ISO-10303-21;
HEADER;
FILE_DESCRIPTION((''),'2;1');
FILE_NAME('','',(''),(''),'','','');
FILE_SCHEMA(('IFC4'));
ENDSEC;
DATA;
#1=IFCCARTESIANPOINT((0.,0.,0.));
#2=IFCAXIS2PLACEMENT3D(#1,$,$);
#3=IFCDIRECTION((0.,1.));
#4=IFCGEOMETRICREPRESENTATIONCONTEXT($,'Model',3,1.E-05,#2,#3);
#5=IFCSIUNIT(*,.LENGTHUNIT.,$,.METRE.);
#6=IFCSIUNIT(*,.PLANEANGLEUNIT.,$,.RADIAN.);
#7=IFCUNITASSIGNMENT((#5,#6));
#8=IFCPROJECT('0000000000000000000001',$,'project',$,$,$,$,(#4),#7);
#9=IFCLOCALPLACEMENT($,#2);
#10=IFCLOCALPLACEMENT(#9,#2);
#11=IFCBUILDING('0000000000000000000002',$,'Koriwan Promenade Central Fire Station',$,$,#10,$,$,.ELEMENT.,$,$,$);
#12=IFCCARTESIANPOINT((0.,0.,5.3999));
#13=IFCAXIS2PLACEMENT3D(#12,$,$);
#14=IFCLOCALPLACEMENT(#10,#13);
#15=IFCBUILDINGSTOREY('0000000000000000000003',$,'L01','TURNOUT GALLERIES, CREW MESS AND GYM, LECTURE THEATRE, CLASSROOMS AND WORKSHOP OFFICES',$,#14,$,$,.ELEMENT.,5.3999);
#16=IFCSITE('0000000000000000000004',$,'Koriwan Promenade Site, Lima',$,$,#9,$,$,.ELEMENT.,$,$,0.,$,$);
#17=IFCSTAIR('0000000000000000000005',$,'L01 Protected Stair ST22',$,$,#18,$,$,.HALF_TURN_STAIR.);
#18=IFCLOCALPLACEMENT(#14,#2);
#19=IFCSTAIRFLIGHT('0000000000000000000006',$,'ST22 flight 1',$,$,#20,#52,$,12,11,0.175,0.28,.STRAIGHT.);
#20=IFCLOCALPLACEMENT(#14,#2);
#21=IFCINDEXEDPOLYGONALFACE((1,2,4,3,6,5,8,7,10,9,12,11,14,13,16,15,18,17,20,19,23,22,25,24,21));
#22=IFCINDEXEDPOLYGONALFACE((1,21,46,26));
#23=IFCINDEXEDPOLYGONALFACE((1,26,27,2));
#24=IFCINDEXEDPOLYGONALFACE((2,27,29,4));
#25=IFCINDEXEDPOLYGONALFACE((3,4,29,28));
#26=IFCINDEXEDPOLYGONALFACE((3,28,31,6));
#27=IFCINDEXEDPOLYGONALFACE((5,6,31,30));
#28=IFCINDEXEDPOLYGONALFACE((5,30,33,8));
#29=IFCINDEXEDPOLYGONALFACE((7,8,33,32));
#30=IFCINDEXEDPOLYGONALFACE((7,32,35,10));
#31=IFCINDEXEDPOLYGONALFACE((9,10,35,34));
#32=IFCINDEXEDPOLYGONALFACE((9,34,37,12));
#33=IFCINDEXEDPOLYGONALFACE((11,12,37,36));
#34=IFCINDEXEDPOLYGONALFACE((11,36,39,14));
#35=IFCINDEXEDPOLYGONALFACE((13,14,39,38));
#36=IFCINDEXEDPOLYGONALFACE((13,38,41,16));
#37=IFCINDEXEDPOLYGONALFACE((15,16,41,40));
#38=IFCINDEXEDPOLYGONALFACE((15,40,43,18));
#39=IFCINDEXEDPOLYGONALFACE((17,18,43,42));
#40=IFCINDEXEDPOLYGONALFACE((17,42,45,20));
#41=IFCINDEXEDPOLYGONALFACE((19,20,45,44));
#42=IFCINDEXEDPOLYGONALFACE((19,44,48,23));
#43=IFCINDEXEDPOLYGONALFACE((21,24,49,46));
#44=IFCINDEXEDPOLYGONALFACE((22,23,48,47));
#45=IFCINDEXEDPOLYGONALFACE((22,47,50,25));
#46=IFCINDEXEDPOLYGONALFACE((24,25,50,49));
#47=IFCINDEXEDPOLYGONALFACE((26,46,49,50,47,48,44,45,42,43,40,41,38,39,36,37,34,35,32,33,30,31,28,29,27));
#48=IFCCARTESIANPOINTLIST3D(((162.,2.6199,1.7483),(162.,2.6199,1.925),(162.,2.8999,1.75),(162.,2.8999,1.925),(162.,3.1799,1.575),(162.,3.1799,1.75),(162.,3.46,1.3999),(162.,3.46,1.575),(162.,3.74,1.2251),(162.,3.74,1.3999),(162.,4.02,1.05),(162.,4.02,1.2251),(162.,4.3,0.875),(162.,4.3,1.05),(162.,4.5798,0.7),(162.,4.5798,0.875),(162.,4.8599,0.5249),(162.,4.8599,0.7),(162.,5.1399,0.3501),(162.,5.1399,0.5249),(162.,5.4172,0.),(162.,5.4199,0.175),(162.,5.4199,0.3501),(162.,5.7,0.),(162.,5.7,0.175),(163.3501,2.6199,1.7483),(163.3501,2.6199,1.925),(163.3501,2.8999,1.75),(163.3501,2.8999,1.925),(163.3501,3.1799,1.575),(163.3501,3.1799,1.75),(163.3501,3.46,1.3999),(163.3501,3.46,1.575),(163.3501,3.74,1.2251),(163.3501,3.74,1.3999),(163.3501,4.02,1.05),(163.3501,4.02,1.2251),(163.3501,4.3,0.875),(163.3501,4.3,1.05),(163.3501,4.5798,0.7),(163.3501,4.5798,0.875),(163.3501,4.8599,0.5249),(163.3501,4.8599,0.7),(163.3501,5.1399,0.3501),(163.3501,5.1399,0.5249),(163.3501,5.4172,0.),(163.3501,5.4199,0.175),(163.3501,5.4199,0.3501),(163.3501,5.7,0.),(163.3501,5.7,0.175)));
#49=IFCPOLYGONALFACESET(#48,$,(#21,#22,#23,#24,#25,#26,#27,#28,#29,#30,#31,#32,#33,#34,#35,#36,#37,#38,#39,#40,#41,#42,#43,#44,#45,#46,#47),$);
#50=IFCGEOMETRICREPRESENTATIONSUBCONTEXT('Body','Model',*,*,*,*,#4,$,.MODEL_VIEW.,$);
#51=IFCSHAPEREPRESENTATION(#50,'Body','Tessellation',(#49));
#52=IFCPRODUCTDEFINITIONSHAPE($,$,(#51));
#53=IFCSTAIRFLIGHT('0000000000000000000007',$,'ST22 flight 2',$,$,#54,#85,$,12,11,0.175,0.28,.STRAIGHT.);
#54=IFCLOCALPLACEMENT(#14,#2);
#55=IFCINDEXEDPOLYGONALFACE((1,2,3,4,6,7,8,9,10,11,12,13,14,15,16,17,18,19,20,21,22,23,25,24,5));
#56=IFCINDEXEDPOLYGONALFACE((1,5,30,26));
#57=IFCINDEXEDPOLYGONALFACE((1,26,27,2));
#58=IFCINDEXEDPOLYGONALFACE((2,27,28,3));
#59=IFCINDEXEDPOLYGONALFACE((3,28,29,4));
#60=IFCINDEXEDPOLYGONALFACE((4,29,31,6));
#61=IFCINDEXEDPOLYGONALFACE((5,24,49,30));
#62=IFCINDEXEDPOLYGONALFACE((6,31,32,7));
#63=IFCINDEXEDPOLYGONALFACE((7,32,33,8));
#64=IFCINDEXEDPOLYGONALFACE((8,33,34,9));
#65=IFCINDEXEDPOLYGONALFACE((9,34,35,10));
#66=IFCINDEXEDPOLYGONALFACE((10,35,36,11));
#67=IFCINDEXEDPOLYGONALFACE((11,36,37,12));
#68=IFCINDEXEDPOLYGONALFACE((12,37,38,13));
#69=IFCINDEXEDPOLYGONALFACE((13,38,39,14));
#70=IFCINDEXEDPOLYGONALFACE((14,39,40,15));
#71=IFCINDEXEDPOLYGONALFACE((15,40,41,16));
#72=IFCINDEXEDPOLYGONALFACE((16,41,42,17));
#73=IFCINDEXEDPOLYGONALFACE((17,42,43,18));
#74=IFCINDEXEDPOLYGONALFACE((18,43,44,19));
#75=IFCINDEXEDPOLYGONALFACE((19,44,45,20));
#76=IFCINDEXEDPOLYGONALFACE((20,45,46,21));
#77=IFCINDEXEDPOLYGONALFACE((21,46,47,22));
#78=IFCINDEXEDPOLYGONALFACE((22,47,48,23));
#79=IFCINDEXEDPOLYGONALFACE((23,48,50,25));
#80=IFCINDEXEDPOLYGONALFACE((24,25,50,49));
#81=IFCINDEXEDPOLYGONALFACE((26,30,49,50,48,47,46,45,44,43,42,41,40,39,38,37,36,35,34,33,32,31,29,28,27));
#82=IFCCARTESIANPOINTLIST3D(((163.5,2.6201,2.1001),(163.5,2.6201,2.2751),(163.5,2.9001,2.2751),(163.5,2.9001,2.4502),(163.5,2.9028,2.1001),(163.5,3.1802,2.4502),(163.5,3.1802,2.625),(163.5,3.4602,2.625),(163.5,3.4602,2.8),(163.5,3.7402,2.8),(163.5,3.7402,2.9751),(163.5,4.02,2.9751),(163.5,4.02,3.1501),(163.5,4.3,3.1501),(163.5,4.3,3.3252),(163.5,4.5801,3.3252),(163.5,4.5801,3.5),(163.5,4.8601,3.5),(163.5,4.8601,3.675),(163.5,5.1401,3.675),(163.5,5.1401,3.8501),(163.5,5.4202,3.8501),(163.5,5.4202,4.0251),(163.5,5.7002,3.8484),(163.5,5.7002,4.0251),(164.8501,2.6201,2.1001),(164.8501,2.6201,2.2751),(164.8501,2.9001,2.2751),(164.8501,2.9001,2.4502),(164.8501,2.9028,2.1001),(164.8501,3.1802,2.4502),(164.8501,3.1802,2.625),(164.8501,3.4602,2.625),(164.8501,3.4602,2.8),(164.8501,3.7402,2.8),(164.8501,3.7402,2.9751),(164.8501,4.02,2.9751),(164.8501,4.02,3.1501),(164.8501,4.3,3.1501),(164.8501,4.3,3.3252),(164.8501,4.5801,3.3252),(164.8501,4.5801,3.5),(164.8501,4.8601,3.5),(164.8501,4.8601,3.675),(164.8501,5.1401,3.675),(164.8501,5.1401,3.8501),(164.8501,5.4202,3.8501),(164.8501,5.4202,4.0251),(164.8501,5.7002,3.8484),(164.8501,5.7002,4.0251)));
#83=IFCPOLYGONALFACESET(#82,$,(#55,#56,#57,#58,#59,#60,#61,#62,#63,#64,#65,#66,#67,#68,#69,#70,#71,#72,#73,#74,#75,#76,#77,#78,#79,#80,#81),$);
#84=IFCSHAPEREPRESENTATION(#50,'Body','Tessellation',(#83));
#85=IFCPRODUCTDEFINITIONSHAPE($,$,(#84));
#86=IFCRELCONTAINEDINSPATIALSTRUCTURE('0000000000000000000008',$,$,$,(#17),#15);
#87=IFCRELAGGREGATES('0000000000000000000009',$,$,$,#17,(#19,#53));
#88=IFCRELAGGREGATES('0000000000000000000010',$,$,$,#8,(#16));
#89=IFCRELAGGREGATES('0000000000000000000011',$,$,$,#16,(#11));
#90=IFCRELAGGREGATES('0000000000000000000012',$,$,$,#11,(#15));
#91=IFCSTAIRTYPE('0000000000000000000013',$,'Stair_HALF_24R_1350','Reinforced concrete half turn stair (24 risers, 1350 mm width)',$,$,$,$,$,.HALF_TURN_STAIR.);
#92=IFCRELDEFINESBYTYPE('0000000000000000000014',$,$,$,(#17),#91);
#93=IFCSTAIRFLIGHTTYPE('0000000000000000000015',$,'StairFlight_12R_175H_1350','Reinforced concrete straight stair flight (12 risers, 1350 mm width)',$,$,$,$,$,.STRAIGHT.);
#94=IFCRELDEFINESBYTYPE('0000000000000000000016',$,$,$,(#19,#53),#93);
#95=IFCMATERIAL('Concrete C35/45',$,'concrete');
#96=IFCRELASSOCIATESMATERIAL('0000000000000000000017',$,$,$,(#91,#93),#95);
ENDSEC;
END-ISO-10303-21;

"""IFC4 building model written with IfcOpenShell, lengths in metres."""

from ifc_helpers import new_model, si_unit, direction, frame, origin, place, context, subcontext, project, spatial, polyline, outline, extrude, material, type_object, element, aggregate, save


model = new_model("IFC4")

# Units and contexts
model_context = context("Model", 3, precision=1e-05, world=origin(), true_north=direction((0.0, 1.0)))
body_context = subcontext(model_context, "Body", "Model", "MODEL_VIEW")
ifc_project = project(units=[si_unit("LENGTHUNIT", "METRE"), si_unit("PLANEANGLEUNIT", "RADIAN")], contexts=[model_context])

# Site, building, storey
site_placement = place(None, origin())
site = spatial("IfcSite", under=ifc_project, at=site_placement, Name="Koriwan Promenade Site, Lima", CompositionType="ELEMENT", RefElevation=0.0)
building_placement = place(site_placement, origin())
building = spatial("IfcBuilding", under=site, at=building_placement, Name="Koriwan Promenade Central Fire Station", CompositionType="ELEMENT")
storey_placement = place(building_placement, frame((0.0, 0.0, 5.3999)))
storey = spatial("IfcBuildingStorey", under=building, at=storey_placement, Name="L01", Description="TURNOUT GALLERIES, CREW MESS AND GYM, LECTURE THEATRE, CLASSROOMS AND WORKSHOP OFFICES", CompositionType="ELEMENT", Elevation=5.3999)

# Shared definitions
ifc_material_1 = material(Name="Concrete C35/45", Category="concrete")

# Stair, stair flights
stair_type = type_object("IfcStairType", Name="Stair_HALF_24R_1350", Description="Reinforced concrete half turn stair (24 risers, 1350 mm width)", PredefinedType="HALF_TURN_STAIR", material=ifc_material_1)
stair_placement = place(storey_placement, origin())
stair = element("IfcStair", 1, at=stair_placement, inside=storey, type_object=stair_type, Name="L01 Protected Stair ST22", PredefinedType="HALF_TURN_STAIR")
stair_flight_type = type_object("IfcStairFlightType", Name="StairFlight_12R_175H_1350", Description="Reinforced concrete straight stair flight (12 risers, 1350 mm width)", PredefinedType="STRAIGHT", material=ifc_material_1)
stair_flight_1_placement = place(storey_placement, frame((162.675, 5.7, 0.0), z_axis=(0.0, 0.0, 1.0), x_axis=(0.0, -1.0, 0.0)))
stair_flight_1 = element("IfcStairFlight", 2, at=stair_flight_1_placement, type_object=stair_flight_type, Name="ST22 flight 1", NumberOfRisers=12, NumberOfTreads=11, PredefinedType="STRAIGHT", RiserHeight=0.175, TreadLength=0.28, context=body_context, shape_type="SweptSolid", body=[
    extrude(outline(polyline([(0.0, 0.0), (0.0, 0.175), (0.28, 0.175), (0.28, 0.3501), (0.5601, 0.3501), (0.5601, 0.5249), (0.8401, 0.5249), (0.8401, 0.7), (1.1201, 0.7), (1.1201, 0.875), (1.3999, 0.875), (1.3999, 1.05), (1.6799, 1.05), (1.6799, 1.2251), (1.96, 1.2251), (1.96, 1.3999), (2.24, 1.3999), (2.24, 1.575), (2.52, 1.575), (2.52, 1.75), (2.8, 1.75), (2.8, 1.925), (3.0801, 1.925), (3.0801, 2.1001), (3.0801, 1.7483), (0.2827, 0.0), (0.0, 0.0)])), frame((0.0, 0.675, 0.0), z_axis=(0.0, -1.0, 0.0), x_axis=(1.0, 0.0, 0.0)), (0.0, 0.0, 1.0), 1.3501),
])
stair_flight_2_placement = place(storey_placement, frame((164.175, 2.6201, 2.1001), z_axis=(0.0, 0.0, 1.0), x_axis=(0.0, 1.0, 0.0)))
stair_flight_2 = element("IfcStairFlight", 3, at=stair_flight_2_placement, type_object=stair_flight_type, Name="ST22 flight 2", NumberOfRisers=12, NumberOfTreads=11, PredefinedType="STRAIGHT", RiserHeight=0.175, TreadLength=0.28, context=body_context, shape_type="SweptSolid", body=[
    extrude(outline(polyline([(0.0, 0.0), (0.0, 0.175), (0.28, 0.175), (0.28, 0.3501), (0.5601, 0.3501), (0.5601, 0.5249), (0.8401, 0.5249), (0.8401, 0.7), (1.1201, 0.7), (1.1201, 0.875), (1.3999, 0.875), (1.3999, 1.05), (1.6799, 1.05), (1.6799, 1.2251), (1.96, 1.2251), (1.96, 1.3999), (2.24, 1.3999), (2.24, 1.575), (2.52, 1.575), (2.52, 1.75), (2.8, 1.75), (2.8, 1.925), (3.0801, 1.925), (3.0801, 2.1001), (3.0801, 1.7483), (0.2827, 0.0), (0.0, 0.0)])), frame((0.0, 0.675, 0.0), z_axis=(0.0, -1.0, 0.0), x_axis=(1.0, 0.0, 0.0)), (0.0, 0.0, 1.0), 1.3501),
])
aggregate(stair, [stair_flight_1, stair_flight_2])

save(model, "model.ifc")
